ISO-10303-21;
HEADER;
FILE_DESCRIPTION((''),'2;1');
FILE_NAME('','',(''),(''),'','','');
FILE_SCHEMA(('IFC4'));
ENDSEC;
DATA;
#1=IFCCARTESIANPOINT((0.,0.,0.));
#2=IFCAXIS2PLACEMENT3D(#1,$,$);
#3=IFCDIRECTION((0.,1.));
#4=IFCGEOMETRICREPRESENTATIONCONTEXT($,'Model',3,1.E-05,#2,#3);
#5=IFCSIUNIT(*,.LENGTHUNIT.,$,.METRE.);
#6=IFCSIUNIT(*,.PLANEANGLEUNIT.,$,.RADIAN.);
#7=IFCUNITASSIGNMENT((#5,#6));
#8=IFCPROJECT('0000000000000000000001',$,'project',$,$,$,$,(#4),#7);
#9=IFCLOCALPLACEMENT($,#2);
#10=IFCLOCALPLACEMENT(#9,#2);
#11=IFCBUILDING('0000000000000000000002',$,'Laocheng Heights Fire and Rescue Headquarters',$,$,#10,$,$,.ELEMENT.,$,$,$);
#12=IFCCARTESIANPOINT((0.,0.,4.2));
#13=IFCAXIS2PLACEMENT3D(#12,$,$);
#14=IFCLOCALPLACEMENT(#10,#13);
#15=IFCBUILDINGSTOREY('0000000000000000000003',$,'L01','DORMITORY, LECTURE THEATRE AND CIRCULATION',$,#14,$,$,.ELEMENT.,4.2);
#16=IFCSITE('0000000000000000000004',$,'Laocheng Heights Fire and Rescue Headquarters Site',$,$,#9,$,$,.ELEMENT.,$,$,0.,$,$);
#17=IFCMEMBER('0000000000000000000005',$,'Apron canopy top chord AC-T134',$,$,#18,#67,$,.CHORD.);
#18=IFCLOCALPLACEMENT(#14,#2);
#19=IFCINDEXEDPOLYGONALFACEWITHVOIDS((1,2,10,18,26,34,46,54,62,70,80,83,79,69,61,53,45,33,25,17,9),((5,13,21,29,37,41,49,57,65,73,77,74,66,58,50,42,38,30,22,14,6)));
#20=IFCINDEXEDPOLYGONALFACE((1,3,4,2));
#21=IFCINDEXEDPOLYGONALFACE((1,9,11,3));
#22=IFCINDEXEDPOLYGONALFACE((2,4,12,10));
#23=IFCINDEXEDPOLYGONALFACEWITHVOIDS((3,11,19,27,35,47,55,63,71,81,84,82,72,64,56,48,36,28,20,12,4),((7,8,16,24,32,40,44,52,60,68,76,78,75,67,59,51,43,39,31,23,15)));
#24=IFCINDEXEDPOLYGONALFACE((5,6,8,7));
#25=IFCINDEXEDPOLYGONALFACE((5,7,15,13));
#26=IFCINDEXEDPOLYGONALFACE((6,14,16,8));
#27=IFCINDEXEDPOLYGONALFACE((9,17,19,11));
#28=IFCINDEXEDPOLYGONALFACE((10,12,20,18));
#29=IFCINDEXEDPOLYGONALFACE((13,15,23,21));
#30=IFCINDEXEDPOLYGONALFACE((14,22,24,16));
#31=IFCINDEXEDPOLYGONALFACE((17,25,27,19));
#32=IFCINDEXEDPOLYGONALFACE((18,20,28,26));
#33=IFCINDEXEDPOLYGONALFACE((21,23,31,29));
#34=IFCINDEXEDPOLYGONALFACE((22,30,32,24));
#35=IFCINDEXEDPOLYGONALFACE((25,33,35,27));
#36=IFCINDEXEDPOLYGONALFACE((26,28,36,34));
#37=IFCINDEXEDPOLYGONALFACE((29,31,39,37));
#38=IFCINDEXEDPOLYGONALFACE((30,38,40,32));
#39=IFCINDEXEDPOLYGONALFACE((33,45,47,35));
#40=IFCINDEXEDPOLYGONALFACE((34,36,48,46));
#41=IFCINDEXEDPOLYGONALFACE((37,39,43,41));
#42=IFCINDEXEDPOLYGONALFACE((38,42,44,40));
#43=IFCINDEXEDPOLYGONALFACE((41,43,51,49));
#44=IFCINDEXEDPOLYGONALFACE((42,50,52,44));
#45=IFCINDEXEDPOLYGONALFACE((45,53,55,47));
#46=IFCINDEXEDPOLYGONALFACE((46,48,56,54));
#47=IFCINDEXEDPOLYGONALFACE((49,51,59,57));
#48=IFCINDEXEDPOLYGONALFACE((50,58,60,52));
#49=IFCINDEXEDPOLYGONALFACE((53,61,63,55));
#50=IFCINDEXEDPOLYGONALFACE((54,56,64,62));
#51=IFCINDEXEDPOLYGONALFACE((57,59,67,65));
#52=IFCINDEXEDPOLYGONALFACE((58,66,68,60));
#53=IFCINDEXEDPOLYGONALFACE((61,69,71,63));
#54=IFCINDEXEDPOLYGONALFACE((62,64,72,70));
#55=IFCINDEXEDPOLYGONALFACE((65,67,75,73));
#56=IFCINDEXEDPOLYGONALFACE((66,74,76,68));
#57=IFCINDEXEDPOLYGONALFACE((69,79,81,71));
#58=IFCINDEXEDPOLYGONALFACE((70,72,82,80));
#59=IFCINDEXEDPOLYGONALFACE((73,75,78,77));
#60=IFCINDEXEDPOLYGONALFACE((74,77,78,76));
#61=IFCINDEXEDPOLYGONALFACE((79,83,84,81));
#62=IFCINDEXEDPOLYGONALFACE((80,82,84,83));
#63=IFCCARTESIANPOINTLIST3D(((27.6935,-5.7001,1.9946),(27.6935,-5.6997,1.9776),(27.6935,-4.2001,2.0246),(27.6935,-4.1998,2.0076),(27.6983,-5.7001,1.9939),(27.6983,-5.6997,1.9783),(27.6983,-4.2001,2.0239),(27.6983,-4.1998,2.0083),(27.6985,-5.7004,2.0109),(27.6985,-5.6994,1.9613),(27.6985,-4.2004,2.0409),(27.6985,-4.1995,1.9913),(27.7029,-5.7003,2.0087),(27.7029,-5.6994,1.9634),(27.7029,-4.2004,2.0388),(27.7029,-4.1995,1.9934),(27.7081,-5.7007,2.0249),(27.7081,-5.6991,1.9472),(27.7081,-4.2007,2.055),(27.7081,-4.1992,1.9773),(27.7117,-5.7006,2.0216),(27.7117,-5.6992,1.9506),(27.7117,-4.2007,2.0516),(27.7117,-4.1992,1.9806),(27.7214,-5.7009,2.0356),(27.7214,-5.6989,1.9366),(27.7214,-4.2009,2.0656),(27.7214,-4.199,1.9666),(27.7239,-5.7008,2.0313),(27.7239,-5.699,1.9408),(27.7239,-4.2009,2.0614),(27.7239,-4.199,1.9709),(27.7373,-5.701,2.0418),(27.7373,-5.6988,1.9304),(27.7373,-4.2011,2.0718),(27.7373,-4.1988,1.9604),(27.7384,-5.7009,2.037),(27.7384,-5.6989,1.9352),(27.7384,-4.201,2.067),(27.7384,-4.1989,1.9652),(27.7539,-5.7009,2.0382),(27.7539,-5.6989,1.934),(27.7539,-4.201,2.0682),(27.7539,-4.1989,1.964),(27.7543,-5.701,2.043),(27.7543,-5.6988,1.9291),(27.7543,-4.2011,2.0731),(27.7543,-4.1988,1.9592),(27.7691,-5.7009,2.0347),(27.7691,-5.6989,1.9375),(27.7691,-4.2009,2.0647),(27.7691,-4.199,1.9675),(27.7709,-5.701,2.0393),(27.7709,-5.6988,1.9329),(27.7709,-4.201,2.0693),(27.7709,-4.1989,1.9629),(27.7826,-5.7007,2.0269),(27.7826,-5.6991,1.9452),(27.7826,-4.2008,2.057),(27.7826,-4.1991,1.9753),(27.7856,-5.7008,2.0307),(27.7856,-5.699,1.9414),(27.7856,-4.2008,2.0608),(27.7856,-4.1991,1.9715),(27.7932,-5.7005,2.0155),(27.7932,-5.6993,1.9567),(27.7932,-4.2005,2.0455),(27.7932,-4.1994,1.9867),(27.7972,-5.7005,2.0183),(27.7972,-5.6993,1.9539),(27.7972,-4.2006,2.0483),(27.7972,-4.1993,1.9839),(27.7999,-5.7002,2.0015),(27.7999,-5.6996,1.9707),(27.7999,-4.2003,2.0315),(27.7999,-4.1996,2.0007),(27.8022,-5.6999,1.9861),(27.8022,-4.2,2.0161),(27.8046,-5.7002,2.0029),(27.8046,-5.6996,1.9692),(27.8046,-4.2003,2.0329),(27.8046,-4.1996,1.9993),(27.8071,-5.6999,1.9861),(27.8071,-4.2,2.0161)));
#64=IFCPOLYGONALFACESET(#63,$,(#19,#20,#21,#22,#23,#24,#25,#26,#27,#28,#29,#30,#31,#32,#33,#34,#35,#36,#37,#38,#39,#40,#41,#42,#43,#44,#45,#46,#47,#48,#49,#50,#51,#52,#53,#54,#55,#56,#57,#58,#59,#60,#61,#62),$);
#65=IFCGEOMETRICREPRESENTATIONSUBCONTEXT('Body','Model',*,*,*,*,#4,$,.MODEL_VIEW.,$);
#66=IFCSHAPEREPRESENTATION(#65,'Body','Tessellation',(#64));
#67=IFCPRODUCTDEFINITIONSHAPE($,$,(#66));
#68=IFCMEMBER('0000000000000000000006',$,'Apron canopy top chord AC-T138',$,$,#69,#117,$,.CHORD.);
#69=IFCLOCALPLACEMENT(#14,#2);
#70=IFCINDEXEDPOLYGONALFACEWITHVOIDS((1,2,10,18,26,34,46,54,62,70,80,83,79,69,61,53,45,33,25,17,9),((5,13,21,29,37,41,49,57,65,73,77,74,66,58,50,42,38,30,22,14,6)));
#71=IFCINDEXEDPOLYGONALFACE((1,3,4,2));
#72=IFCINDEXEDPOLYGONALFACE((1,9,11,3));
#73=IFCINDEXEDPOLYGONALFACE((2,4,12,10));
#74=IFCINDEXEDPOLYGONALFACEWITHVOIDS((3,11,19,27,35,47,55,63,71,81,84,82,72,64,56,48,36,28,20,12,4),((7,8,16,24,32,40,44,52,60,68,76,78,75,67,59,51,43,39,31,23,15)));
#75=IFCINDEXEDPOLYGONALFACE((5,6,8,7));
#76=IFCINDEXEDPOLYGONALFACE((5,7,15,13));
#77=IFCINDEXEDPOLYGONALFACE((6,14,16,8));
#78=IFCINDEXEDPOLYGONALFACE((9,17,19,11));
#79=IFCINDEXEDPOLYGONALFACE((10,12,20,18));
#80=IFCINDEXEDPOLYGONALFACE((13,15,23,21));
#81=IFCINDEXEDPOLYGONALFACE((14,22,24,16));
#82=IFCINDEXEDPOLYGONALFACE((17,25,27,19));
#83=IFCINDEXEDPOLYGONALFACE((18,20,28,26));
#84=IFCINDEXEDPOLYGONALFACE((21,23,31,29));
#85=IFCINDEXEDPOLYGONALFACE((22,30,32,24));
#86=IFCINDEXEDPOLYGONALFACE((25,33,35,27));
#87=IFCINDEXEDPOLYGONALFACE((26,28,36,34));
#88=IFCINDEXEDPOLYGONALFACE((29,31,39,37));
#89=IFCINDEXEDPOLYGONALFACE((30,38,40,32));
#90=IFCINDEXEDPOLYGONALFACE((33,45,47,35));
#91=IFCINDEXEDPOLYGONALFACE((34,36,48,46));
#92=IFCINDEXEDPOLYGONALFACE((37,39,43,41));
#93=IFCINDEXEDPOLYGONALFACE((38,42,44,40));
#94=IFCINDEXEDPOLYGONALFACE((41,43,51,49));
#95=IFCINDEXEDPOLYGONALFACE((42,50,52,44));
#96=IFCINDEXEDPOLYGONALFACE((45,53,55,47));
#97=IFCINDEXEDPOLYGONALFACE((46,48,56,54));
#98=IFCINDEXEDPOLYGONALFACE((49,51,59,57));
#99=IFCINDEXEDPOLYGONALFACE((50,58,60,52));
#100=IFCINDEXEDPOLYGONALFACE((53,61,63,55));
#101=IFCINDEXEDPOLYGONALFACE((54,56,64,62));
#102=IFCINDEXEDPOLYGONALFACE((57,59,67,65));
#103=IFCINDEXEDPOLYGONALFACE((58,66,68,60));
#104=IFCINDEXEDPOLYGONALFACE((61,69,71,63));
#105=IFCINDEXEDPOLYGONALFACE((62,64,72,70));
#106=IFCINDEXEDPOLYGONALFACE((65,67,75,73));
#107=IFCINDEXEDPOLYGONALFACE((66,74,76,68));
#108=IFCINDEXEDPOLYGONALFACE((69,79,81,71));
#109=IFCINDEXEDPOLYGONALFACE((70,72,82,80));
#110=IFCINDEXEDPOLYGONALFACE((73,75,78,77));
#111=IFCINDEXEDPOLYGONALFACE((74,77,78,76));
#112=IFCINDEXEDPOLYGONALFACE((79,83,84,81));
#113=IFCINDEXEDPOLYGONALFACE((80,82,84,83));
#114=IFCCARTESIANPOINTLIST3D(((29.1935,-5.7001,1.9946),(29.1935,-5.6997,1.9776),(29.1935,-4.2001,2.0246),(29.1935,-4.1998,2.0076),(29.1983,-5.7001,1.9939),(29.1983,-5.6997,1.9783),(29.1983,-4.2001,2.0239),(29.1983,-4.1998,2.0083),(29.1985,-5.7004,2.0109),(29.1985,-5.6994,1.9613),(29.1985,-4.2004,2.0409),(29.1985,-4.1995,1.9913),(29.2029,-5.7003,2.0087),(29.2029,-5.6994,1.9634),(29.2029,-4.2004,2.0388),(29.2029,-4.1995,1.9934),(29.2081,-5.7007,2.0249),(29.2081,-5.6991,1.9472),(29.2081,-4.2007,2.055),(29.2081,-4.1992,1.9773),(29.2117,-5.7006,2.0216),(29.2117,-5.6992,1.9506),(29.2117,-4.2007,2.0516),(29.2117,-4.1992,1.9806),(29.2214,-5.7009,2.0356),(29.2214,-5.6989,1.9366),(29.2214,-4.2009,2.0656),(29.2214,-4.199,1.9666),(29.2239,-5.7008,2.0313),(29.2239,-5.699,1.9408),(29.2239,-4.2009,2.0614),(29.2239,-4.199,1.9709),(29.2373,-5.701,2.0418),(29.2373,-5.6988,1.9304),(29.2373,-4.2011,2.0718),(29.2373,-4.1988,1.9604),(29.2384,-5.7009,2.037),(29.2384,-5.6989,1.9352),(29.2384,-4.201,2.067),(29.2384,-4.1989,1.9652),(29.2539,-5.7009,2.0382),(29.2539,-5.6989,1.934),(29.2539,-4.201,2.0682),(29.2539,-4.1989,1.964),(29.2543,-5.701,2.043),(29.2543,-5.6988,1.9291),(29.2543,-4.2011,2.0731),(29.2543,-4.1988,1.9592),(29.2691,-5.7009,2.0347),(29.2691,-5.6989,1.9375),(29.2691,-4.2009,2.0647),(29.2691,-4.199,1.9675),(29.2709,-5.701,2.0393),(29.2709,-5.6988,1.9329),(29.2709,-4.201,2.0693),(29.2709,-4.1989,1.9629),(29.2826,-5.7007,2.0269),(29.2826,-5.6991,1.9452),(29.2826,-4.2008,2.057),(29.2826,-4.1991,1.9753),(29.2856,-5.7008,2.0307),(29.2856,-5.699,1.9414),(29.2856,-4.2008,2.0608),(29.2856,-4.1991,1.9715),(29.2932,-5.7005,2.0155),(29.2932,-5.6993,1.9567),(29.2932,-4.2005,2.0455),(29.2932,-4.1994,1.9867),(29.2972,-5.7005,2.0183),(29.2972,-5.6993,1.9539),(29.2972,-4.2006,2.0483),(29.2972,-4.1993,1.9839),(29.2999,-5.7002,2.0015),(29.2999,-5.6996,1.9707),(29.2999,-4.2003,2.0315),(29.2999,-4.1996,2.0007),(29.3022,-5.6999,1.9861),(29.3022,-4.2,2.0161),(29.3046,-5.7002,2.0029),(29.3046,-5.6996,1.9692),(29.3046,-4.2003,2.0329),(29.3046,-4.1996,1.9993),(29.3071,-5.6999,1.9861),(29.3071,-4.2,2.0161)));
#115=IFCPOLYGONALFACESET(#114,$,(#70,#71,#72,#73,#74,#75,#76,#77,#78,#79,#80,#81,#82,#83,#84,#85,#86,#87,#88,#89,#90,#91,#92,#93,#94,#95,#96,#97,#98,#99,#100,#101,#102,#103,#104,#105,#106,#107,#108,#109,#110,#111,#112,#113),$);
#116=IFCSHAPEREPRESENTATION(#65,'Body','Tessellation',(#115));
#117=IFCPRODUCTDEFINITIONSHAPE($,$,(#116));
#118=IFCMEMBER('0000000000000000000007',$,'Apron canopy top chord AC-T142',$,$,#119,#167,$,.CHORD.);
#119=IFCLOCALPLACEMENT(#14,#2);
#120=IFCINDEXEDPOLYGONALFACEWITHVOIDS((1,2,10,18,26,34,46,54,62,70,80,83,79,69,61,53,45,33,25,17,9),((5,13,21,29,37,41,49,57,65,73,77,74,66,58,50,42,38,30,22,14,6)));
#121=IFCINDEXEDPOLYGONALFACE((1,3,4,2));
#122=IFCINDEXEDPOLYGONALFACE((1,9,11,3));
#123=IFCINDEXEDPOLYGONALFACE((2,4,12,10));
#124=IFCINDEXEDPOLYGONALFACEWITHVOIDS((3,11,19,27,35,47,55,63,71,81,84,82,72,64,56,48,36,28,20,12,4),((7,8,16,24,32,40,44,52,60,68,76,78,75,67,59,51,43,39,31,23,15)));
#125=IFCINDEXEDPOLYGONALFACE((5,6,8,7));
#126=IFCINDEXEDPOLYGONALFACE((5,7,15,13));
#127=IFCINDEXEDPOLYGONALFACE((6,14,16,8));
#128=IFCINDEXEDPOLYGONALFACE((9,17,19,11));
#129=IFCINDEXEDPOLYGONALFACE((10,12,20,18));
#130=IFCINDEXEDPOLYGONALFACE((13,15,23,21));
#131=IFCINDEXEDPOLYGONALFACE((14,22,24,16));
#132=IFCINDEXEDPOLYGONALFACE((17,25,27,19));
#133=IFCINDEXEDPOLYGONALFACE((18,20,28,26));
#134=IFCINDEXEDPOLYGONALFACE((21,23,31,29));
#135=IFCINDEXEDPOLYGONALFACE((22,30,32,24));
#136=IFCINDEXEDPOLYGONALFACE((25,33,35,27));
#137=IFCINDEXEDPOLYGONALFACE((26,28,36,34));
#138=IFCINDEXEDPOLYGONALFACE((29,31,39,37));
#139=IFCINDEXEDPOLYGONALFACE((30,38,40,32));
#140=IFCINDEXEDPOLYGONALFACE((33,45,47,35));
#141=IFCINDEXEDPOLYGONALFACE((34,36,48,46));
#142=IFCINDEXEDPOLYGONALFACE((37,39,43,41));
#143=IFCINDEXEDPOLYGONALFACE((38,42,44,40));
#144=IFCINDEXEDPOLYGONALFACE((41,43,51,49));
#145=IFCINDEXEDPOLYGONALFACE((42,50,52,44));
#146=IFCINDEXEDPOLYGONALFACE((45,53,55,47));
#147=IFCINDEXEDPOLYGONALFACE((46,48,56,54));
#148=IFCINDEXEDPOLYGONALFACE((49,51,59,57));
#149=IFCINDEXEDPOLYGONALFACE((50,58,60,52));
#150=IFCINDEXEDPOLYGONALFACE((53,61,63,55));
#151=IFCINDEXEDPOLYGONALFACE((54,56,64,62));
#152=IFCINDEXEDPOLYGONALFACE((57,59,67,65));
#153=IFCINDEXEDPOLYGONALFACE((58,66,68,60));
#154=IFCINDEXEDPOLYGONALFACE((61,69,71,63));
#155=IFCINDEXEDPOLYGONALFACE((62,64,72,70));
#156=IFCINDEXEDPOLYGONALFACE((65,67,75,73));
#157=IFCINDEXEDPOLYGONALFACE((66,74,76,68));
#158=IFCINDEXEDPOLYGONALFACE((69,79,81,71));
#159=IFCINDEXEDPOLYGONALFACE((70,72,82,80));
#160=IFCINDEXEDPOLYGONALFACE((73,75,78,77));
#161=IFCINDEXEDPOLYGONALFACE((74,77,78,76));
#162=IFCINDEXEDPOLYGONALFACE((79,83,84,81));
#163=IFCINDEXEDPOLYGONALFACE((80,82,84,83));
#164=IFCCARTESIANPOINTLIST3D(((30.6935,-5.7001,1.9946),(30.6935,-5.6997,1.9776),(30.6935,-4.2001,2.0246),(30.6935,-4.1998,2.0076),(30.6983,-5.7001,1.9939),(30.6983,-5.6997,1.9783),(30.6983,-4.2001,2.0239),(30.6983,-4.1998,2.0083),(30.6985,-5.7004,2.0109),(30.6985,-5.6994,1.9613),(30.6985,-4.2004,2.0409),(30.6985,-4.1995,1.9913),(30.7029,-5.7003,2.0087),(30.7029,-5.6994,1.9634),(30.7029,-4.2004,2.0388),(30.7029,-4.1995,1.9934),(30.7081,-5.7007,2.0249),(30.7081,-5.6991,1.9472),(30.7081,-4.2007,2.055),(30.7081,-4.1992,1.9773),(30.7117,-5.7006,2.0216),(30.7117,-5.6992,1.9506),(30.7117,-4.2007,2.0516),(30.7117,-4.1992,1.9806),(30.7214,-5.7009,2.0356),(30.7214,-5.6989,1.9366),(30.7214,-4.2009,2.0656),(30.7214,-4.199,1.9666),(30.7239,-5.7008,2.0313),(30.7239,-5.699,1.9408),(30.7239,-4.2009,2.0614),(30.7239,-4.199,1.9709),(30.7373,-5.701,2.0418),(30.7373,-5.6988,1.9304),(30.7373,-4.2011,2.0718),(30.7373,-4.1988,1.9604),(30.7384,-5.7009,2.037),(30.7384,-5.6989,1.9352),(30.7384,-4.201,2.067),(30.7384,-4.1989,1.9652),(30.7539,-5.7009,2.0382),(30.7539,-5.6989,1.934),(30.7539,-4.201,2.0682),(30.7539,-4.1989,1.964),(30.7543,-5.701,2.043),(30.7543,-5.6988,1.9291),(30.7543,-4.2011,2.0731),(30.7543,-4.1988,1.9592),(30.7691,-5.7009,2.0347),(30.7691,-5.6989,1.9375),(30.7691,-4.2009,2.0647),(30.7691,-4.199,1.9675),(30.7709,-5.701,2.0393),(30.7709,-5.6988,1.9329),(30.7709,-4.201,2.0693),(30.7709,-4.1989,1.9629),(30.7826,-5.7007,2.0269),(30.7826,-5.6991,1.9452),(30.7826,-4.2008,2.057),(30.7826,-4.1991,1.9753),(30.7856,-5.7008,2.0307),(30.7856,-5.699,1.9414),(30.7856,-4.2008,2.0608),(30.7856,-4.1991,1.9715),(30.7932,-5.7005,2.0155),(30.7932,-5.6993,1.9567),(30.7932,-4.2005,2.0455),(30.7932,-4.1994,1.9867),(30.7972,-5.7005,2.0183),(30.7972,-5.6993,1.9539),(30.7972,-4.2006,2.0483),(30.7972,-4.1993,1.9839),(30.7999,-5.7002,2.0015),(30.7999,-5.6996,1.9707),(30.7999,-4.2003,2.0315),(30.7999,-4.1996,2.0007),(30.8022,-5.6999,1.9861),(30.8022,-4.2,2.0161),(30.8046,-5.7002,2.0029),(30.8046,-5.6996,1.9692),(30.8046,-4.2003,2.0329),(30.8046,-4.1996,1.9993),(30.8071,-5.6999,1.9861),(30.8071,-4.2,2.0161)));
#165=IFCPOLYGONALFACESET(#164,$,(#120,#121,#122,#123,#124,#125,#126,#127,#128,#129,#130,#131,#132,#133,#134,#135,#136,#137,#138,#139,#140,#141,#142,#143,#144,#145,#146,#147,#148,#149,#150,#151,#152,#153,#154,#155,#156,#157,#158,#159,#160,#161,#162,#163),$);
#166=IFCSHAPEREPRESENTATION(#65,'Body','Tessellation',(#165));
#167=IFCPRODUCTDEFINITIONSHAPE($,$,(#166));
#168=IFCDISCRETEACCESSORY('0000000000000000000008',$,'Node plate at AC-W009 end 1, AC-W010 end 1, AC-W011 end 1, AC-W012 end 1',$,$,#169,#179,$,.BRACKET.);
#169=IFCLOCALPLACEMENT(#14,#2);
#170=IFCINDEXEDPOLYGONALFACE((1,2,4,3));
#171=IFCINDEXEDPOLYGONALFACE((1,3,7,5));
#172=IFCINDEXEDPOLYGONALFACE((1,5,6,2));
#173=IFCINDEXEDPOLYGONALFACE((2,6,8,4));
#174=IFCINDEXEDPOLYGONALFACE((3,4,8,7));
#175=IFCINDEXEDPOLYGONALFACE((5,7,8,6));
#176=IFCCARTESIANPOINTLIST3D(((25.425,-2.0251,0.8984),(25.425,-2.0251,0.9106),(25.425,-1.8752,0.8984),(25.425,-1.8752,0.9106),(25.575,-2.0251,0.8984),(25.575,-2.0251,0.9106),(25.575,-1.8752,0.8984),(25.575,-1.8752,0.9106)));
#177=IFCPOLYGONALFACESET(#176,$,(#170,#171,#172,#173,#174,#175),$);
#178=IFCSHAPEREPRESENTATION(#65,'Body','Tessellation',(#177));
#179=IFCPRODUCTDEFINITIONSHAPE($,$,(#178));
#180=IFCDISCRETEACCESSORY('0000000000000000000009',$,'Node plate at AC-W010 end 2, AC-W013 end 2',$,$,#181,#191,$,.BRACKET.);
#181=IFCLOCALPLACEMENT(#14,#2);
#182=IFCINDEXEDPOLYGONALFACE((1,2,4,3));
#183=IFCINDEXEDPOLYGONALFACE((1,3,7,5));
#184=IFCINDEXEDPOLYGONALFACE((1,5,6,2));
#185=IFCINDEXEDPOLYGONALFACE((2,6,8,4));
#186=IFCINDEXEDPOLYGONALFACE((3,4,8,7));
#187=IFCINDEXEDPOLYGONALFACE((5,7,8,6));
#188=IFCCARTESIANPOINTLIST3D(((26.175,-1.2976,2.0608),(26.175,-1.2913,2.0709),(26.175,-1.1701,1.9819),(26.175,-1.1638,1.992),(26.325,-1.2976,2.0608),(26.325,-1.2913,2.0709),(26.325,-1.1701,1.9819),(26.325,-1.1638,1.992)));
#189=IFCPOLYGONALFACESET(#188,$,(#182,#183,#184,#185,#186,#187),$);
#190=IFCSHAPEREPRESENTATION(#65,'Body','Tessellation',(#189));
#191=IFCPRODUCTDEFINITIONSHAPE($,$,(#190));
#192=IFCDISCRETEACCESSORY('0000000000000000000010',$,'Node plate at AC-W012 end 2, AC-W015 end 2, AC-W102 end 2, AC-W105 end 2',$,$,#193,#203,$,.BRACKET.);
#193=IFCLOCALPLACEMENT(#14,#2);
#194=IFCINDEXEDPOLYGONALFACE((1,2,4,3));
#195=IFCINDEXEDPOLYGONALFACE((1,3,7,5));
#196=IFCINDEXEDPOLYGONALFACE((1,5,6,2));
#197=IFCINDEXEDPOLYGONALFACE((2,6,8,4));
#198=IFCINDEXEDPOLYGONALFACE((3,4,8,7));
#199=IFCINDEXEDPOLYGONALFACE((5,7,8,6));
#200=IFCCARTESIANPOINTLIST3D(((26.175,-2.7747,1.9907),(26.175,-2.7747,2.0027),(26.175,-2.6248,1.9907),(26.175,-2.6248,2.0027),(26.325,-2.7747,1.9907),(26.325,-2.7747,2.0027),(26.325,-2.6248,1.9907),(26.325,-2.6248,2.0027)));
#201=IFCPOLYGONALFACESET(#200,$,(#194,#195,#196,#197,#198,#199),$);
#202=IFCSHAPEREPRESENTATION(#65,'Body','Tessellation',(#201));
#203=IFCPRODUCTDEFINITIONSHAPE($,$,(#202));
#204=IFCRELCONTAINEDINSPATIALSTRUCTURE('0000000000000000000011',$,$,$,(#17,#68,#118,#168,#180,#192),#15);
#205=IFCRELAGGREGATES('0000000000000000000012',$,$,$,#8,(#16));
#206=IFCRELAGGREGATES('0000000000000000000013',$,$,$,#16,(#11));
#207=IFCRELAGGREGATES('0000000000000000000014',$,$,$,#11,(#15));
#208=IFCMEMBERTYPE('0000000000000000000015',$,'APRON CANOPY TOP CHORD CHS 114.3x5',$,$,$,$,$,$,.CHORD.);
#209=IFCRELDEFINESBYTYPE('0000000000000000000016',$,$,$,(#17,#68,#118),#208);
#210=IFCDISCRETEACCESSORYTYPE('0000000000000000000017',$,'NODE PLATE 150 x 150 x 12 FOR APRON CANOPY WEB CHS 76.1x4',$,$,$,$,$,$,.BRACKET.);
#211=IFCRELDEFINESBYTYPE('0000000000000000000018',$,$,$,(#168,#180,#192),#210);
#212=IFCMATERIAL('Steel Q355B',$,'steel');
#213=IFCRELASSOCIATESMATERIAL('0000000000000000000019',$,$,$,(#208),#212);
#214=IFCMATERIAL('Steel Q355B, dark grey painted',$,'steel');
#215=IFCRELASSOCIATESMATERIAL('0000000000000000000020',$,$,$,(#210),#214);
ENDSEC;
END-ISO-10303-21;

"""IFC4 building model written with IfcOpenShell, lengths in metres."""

from ifc_helpers import new_model, si_unit, direction, frame, origin, origin_2d, place, context, subcontext, project, spatial, rectangle, hollow_circle, extrude, material, material_profile, profile_set, type_object, element, save


model = new_model("IFC4")

# Units and contexts
model_context = context("Model", 3, precision=1e-05, world=origin(), true_north=direction((0.0, 1.0)))
body_context = subcontext(model_context, "Body", "Model", "MODEL_VIEW")
ifc_project = project(units=[si_unit("LENGTHUNIT", "METRE"), si_unit("PLANEANGLEUNIT", "RADIAN")], contexts=[model_context])

# Site, building, storey
site_placement = place(None, origin())
site = spatial("IfcSite", under=ifc_project, at=site_placement, Name="Laocheng Heights Fire and Rescue Headquarters Site", CompositionType="ELEMENT", RefElevation=0.0)
building_placement = place(site_placement, origin())
building = spatial("IfcBuilding", under=site, at=building_placement, Name="Laocheng Heights Fire and Rescue Headquarters", CompositionType="ELEMENT")
storey_placement = place(building_placement, frame((0.0, 0.0, 4.2)))
storey = spatial("IfcBuildingStorey", under=building, at=storey_placement, Name="L01", Description="DORMITORY, LECTURE THEATRE AND CIRCULATION", CompositionType="ELEMENT", Elevation=4.2)

# Members
ifc_material_1 = material(Name="Steel Q355B", Category="steel")
ifc_material_profile_1 = material_profile(ifc_material_1, hollow_circle(Radius=0.0571, WallThickness=0.0049, at=origin_2d()), Name="CHS 114.3x5")
ifc_profile_set_1 = profile_set([ifc_material_profile_1], Name="Steel Q355B")
member_type = type_object("IfcMemberType", Name="APRON CANOPY TOP CHORD CHS 114.3x5", PredefinedType="CHORD", material=ifc_profile_set_1)
for number, where, z_axis, x_axis, name in (
    (1, (27.75, -4.2, 2.0161), (0.0, -0.9998, -0.020016), (1.0, 0.0, 0.0), "Apron canopy top chord AC-T134"),
    (2, (29.25, -4.2, 2.0161), (0.0, -0.9998, -0.020016), (1.0, 0.0, 0.0), "Apron canopy top chord AC-T138"),
    (3, (30.75, -4.2, 2.0161), (0.0, -0.9998, -0.020016), (1.0, 0.0, 0.0), "Apron canopy top chord AC-T142"),
):
    element("IfcMember", number, at=place(storey_placement, frame(where, z_axis=z_axis, x_axis=x_axis)), inside=storey, type_object=member_type, Name=name, PredefinedType="CHORD", context=body_context, shape_type="SweptSolid", body=[
        extrude(hollow_circle(Radius=0.0571, WallThickness=0.0049, at=origin_2d()), origin(), (0.0, 0.0, 1.0), 1.5002),
    ])

# Discrete accessories
ifc_material_2 = material(Name="Steel Q355B, dark grey painted", Category="steel")
ifc_material_profile_2 = material_profile(ifc_material_2, rectangle(XDim=0.1499, YDim=0.1499, at=origin_2d()), Name="NODE PLATE 150 x 150 x 12 FOR APRON CANOPY WEB CHS 76.1x4")
ifc_profile_set_2 = profile_set([ifc_material_profile_2], Name="Steel Q355B, dark grey painted")
discrete_accessory_type = type_object("IfcDiscreteAccessoryType", Name="NODE PLATE 150 x 150 x 12 FOR APRON CANOPY WEB CHS 76.1x4", PredefinedType="BRACKET", material=ifc_profile_set_2)
discrete_accessory_1_placement = place(storey_placement, frame((25.5, -1.9502, 0.8984), z_axis=(0.0, 0.0, 1.0), x_axis=(1.0, 0.0, 0.0)))
element("IfcDiscreteAccessory", 4, at=discrete_accessory_1_placement, inside=storey, type_object=discrete_accessory_type, Name="Node plate at AC-W009 end 1, AC-W010 end 1, AC-W011 end 1, AC-W012 end 1", PredefinedType="BRACKET", context=body_context, shape_type="SweptSolid", body=[
    extrude(rectangle(XDim=0.1499, YDim=0.1499, at=origin_2d()), origin(), (0.0, 0.0, 1.0), 0.0122),
])
for number, where, z_axis, x_axis, name in (
    (5, (26.25, -1.2275, 2.0315), (0.0, -0.526355, -0.850265), (1.0, 0.0, 0.0), "Node plate at AC-W010 end 2, AC-W013 end 2"),
    (6, (26.25, -2.6997, 2.0027), (0.0, 0.0, -1.0), (1.0, 0.0, 0.0), "Node plate at AC-W012 end 2, AC-W015 end 2, AC-W102 end 2, AC-W105 end 2"),
):
    element("IfcDiscreteAccessory", number, at=place(storey_placement, frame(where, z_axis=z_axis, x_axis=x_axis)), inside=storey, type_object=discrete_accessory_type, Name=name, PredefinedType="BRACKET", context=body_context, shape_type="SweptSolid", body=[
        extrude(rectangle(XDim=0.1499, YDim=0.1499, at=origin_2d()), origin(), (0.0, 0.0, 1.0), 0.012),
    ])

save(model, "model.ifc")
